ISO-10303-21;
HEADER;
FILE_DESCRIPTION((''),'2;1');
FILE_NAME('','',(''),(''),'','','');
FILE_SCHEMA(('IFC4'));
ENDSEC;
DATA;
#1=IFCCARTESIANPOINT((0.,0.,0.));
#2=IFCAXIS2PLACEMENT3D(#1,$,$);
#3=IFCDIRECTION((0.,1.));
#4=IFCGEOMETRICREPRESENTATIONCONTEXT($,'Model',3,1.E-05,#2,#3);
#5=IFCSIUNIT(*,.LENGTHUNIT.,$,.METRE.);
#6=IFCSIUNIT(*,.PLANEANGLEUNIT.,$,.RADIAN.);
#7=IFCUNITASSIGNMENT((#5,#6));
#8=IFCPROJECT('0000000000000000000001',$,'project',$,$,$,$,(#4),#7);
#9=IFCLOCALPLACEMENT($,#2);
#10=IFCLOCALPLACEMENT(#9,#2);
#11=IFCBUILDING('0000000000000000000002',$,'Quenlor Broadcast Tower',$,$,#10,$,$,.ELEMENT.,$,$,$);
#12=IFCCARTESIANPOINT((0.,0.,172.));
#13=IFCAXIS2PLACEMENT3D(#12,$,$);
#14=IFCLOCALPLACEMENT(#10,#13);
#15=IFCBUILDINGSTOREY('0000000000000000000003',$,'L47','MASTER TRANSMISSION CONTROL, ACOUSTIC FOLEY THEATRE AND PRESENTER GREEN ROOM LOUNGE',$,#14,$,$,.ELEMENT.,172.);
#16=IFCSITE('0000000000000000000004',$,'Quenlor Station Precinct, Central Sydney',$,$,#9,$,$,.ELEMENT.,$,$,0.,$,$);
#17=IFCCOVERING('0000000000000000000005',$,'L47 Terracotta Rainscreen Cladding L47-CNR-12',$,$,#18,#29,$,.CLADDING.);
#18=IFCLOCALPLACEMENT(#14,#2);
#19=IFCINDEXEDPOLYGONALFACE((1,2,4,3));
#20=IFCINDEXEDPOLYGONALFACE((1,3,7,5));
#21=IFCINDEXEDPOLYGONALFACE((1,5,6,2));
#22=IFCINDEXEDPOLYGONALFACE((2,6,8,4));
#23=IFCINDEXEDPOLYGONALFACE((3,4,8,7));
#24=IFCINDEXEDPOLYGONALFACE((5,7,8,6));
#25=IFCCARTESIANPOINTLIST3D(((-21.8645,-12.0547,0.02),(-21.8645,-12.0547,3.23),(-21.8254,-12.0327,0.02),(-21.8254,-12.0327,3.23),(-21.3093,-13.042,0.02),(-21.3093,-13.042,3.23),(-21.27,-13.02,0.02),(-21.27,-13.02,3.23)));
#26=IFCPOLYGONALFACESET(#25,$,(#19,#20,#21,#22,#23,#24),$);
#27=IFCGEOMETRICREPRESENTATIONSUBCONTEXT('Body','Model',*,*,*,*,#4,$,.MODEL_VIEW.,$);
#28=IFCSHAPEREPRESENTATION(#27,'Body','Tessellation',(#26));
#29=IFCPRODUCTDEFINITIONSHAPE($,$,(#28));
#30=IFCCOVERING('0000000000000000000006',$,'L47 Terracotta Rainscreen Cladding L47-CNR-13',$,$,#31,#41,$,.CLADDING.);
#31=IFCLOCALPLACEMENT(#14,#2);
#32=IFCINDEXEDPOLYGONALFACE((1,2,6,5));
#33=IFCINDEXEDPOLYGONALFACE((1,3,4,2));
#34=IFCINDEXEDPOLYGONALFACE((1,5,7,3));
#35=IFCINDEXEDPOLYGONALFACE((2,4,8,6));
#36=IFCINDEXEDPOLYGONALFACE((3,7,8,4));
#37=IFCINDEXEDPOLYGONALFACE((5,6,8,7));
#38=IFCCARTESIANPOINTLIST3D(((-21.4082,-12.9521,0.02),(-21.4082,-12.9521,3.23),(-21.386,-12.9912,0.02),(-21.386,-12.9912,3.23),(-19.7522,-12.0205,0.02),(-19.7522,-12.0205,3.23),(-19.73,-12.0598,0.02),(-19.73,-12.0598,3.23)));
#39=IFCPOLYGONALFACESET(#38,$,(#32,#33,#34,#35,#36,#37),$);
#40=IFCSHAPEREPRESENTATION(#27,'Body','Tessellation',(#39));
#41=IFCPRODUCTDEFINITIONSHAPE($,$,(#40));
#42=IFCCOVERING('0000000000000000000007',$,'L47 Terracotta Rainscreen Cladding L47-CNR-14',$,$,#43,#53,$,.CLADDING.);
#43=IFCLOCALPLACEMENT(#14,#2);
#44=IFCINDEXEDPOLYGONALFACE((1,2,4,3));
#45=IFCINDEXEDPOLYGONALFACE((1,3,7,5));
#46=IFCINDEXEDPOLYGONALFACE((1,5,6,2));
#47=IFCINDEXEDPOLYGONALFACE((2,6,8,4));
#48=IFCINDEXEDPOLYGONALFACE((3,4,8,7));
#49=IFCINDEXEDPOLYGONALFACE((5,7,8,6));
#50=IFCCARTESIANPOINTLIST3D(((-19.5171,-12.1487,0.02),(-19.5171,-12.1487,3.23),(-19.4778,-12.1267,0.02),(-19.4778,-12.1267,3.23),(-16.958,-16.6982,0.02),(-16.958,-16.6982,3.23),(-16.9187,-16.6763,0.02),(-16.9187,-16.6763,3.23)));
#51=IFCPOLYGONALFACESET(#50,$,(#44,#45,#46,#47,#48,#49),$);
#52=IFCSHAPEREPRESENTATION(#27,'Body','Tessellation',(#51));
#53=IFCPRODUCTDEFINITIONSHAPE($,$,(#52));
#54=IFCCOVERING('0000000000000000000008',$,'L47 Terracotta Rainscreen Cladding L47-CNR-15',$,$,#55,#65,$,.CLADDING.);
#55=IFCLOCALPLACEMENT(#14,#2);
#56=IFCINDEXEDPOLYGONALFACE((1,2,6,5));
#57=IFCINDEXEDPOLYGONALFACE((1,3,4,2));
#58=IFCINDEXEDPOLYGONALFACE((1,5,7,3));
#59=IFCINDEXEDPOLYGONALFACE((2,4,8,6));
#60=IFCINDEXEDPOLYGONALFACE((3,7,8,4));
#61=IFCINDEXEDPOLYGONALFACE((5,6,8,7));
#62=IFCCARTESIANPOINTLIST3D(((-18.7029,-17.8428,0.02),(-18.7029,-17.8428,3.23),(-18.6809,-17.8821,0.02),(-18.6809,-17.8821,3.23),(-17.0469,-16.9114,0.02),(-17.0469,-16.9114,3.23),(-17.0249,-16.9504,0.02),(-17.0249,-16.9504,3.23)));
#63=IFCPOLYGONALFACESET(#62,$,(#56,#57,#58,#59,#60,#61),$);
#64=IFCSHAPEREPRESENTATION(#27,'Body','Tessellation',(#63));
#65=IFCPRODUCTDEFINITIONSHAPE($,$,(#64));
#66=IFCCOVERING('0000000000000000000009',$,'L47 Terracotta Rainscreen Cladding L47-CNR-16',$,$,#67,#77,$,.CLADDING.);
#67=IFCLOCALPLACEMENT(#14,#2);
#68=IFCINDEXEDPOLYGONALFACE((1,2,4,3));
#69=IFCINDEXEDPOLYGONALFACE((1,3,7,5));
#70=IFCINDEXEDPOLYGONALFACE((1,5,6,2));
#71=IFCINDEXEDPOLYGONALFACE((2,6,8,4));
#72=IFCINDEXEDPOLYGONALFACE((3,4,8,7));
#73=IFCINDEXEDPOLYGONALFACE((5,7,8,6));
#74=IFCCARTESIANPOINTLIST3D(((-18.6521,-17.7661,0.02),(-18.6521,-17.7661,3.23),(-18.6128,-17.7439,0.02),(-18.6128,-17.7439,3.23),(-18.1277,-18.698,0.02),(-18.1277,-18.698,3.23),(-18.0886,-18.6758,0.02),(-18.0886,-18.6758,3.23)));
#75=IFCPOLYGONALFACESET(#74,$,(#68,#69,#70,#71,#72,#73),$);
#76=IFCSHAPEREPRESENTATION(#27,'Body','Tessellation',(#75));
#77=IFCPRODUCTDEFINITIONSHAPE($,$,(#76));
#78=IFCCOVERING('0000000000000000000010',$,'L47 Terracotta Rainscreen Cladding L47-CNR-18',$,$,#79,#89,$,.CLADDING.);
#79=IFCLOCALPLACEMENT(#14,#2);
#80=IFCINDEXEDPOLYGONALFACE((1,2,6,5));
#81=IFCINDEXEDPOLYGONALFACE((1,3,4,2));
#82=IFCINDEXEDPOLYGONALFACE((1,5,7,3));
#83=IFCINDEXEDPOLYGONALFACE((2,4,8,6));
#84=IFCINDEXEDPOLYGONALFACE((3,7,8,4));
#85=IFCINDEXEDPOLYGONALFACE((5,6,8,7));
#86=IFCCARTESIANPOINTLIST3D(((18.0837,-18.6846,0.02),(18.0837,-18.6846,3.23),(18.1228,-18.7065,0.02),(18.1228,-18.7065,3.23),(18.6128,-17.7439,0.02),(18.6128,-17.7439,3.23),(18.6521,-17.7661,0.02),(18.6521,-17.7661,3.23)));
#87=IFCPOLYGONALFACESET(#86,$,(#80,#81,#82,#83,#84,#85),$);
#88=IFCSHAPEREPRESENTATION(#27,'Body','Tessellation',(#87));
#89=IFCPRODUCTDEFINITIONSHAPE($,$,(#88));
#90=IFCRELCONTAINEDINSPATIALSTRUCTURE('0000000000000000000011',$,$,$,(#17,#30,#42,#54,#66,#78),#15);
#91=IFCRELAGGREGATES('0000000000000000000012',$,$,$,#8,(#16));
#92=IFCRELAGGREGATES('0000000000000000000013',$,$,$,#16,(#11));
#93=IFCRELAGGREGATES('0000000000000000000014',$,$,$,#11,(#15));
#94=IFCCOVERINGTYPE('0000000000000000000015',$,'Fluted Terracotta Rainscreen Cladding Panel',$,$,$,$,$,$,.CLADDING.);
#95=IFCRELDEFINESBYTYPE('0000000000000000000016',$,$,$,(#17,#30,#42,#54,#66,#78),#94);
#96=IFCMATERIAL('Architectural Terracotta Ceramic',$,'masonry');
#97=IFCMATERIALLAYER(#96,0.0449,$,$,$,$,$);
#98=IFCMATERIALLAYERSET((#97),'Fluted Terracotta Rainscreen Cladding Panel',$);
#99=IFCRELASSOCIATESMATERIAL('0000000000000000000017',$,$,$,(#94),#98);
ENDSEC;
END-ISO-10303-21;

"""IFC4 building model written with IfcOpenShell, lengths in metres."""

from ifc_helpers import new_model, si_unit, direction, frame, origin, place, context, subcontext, project, spatial, polyline, outline, extrude, material, layer, layer_set, type_object, element, save


model = new_model("IFC4")

# Units and contexts
model_context = context("Model", 3, precision=1e-05, world=origin(), true_north=direction((0.0, 1.0)))
body_context = subcontext(model_context, "Body", "Model", "MODEL_VIEW")
ifc_project = project(units=[si_unit("LENGTHUNIT", "METRE"), si_unit("PLANEANGLEUNIT", "RADIAN")], contexts=[model_context])

# Site, building, storey
site_placement = place(None, origin())
site = spatial("IfcSite", under=ifc_project, at=site_placement, Name="Quenlor Station Precinct, Central Sydney", CompositionType="ELEMENT", RefElevation=0.0)
building_placement = place(site_placement, origin())
building = spatial("IfcBuilding", under=site, at=building_placement, Name="Quenlor Broadcast Tower", CompositionType="ELEMENT")
storey_placement = place(building_placement, frame((0.0, 0.0, 172.0)))
storey = spatial("IfcBuildingStorey", under=building, at=storey_placement, Name="L47", Description="MASTER TRANSMISSION CONTROL, ACOUSTIC FOLEY THEATRE AND PRESENTER GREEN ROOM LOUNGE", CompositionType="ELEMENT", Elevation=172.0)

# Coverings
ifc_material_1 = material(Name="Architectural Terracotta Ceramic", Category="masonry")
ifc_layer_1 = layer(ifc_material_1, 0.0449)
ifc_layer_set_1 = layer_set([ifc_layer_1], Name="Fluted Terracotta Rainscreen Cladding Panel")
covering_type_1 = type_object("IfcCoveringType", Name="Fluted Terracotta Rainscreen Cladding Panel", PredefinedType="CLADDING", material=ifc_layer_set_1)
covering_1_placement = place(storey_placement, frame((0.0, 0.0, 0.02)))
element("IfcCovering", 1, at=covering_1_placement, inside=storey, type_object=covering_type_1, Name="L47 Terracotta Rainscreen Cladding L47-CNR-12", PredefinedType="CLADDING", context=body_context, shape_type="SweptSolid", body=[
    extrude(outline(polyline([(-21.8645, -12.0547), (-21.3093, -13.042), (-21.27, -13.02), (-21.8254, -12.0327), (-21.8645, -12.0547)])), origin(), (0.0, 0.0, 1.0), 3.21),
])
covering_2_placement = place(storey_placement, frame((0.0, 0.0, 0.02)))
element("IfcCovering", 2, at=covering_2_placement, inside=storey, type_object=covering_type_1, Name="L47 Terracotta Rainscreen Cladding L47-CNR-13", PredefinedType="CLADDING", context=body_context, shape_type="SweptSolid", body=[
    extrude(outline(polyline([(-21.386, -12.9912), (-19.73, -12.0598), (-19.7522, -12.0205), (-21.4082, -12.9521), (-21.386, -12.9912)])), origin(), (0.0, 0.0, 1.0), 3.21),
])
covering_3_placement = place(storey_placement, frame((0.0, 0.0, 0.02)))
element("IfcCovering", 3, at=covering_3_placement, inside=storey, type_object=covering_type_1, Name="L47 Terracotta Rainscreen Cladding L47-CNR-14", PredefinedType="CLADDING", context=body_context, shape_type="SweptSolid", body=[
    extrude(outline(polyline([(-19.5171, -12.1487), (-16.958, -16.6982), (-16.9187, -16.6763), (-19.4778, -12.1267), (-19.5171, -12.1487)])), origin(), (0.0, 0.0, 1.0), 3.21),
])
covering_4_placement = place(storey_placement, frame((0.0, 0.0, 0.02)))
element("IfcCovering", 4, at=covering_4_placement, inside=storey, type_object=covering_type_1, Name="L47 Terracotta Rainscreen Cladding L47-CNR-15", PredefinedType="CLADDING", context=body_context, shape_type="SweptSolid", body=[
    extrude(outline(polyline([(-17.0469, -16.9114), (-18.7029, -17.8428), (-18.6809, -17.8821), (-17.0249, -16.9504), (-17.0469, -16.9114)])), origin(), (0.0, 0.0, 1.0), 3.21),
])
covering_5_placement = place(storey_placement, frame((0.0, 0.0, 0.02)))
element("IfcCovering", 5, at=covering_5_placement, inside=storey, type_object=covering_type_1, Name="L47 Terracotta Rainscreen Cladding L47-CNR-16", PredefinedType="CLADDING", context=body_context, shape_type="SweptSolid", body=[
    extrude(outline(polyline([(-18.6521, -17.7661), (-18.1277, -18.698), (-18.0886, -18.6758), (-18.6128, -17.7439), (-18.6521, -17.7661)])), origin(), (0.0, 0.0, 1.0), 3.21),
])
covering_6_placement = place(storey_placement, frame((0.0, 0.0, 0.02)))
element("IfcCovering", 6, at=covering_6_placement, inside=storey, type_object=covering_type_1, Name="L47 Terracotta Rainscreen Cladding L47-CNR-18", PredefinedType="CLADDING", context=body_context, shape_type="SweptSolid", body=[
    extrude(outline(polyline([(18.1228, -18.7065), (18.6521, -17.7661), (18.6128, -17.7439), (18.0837, -18.6846), (18.1228, -18.7065)])), origin(), (0.0, 0.0, 1.0), 3.21),
])

save(model, "model.ifc")
